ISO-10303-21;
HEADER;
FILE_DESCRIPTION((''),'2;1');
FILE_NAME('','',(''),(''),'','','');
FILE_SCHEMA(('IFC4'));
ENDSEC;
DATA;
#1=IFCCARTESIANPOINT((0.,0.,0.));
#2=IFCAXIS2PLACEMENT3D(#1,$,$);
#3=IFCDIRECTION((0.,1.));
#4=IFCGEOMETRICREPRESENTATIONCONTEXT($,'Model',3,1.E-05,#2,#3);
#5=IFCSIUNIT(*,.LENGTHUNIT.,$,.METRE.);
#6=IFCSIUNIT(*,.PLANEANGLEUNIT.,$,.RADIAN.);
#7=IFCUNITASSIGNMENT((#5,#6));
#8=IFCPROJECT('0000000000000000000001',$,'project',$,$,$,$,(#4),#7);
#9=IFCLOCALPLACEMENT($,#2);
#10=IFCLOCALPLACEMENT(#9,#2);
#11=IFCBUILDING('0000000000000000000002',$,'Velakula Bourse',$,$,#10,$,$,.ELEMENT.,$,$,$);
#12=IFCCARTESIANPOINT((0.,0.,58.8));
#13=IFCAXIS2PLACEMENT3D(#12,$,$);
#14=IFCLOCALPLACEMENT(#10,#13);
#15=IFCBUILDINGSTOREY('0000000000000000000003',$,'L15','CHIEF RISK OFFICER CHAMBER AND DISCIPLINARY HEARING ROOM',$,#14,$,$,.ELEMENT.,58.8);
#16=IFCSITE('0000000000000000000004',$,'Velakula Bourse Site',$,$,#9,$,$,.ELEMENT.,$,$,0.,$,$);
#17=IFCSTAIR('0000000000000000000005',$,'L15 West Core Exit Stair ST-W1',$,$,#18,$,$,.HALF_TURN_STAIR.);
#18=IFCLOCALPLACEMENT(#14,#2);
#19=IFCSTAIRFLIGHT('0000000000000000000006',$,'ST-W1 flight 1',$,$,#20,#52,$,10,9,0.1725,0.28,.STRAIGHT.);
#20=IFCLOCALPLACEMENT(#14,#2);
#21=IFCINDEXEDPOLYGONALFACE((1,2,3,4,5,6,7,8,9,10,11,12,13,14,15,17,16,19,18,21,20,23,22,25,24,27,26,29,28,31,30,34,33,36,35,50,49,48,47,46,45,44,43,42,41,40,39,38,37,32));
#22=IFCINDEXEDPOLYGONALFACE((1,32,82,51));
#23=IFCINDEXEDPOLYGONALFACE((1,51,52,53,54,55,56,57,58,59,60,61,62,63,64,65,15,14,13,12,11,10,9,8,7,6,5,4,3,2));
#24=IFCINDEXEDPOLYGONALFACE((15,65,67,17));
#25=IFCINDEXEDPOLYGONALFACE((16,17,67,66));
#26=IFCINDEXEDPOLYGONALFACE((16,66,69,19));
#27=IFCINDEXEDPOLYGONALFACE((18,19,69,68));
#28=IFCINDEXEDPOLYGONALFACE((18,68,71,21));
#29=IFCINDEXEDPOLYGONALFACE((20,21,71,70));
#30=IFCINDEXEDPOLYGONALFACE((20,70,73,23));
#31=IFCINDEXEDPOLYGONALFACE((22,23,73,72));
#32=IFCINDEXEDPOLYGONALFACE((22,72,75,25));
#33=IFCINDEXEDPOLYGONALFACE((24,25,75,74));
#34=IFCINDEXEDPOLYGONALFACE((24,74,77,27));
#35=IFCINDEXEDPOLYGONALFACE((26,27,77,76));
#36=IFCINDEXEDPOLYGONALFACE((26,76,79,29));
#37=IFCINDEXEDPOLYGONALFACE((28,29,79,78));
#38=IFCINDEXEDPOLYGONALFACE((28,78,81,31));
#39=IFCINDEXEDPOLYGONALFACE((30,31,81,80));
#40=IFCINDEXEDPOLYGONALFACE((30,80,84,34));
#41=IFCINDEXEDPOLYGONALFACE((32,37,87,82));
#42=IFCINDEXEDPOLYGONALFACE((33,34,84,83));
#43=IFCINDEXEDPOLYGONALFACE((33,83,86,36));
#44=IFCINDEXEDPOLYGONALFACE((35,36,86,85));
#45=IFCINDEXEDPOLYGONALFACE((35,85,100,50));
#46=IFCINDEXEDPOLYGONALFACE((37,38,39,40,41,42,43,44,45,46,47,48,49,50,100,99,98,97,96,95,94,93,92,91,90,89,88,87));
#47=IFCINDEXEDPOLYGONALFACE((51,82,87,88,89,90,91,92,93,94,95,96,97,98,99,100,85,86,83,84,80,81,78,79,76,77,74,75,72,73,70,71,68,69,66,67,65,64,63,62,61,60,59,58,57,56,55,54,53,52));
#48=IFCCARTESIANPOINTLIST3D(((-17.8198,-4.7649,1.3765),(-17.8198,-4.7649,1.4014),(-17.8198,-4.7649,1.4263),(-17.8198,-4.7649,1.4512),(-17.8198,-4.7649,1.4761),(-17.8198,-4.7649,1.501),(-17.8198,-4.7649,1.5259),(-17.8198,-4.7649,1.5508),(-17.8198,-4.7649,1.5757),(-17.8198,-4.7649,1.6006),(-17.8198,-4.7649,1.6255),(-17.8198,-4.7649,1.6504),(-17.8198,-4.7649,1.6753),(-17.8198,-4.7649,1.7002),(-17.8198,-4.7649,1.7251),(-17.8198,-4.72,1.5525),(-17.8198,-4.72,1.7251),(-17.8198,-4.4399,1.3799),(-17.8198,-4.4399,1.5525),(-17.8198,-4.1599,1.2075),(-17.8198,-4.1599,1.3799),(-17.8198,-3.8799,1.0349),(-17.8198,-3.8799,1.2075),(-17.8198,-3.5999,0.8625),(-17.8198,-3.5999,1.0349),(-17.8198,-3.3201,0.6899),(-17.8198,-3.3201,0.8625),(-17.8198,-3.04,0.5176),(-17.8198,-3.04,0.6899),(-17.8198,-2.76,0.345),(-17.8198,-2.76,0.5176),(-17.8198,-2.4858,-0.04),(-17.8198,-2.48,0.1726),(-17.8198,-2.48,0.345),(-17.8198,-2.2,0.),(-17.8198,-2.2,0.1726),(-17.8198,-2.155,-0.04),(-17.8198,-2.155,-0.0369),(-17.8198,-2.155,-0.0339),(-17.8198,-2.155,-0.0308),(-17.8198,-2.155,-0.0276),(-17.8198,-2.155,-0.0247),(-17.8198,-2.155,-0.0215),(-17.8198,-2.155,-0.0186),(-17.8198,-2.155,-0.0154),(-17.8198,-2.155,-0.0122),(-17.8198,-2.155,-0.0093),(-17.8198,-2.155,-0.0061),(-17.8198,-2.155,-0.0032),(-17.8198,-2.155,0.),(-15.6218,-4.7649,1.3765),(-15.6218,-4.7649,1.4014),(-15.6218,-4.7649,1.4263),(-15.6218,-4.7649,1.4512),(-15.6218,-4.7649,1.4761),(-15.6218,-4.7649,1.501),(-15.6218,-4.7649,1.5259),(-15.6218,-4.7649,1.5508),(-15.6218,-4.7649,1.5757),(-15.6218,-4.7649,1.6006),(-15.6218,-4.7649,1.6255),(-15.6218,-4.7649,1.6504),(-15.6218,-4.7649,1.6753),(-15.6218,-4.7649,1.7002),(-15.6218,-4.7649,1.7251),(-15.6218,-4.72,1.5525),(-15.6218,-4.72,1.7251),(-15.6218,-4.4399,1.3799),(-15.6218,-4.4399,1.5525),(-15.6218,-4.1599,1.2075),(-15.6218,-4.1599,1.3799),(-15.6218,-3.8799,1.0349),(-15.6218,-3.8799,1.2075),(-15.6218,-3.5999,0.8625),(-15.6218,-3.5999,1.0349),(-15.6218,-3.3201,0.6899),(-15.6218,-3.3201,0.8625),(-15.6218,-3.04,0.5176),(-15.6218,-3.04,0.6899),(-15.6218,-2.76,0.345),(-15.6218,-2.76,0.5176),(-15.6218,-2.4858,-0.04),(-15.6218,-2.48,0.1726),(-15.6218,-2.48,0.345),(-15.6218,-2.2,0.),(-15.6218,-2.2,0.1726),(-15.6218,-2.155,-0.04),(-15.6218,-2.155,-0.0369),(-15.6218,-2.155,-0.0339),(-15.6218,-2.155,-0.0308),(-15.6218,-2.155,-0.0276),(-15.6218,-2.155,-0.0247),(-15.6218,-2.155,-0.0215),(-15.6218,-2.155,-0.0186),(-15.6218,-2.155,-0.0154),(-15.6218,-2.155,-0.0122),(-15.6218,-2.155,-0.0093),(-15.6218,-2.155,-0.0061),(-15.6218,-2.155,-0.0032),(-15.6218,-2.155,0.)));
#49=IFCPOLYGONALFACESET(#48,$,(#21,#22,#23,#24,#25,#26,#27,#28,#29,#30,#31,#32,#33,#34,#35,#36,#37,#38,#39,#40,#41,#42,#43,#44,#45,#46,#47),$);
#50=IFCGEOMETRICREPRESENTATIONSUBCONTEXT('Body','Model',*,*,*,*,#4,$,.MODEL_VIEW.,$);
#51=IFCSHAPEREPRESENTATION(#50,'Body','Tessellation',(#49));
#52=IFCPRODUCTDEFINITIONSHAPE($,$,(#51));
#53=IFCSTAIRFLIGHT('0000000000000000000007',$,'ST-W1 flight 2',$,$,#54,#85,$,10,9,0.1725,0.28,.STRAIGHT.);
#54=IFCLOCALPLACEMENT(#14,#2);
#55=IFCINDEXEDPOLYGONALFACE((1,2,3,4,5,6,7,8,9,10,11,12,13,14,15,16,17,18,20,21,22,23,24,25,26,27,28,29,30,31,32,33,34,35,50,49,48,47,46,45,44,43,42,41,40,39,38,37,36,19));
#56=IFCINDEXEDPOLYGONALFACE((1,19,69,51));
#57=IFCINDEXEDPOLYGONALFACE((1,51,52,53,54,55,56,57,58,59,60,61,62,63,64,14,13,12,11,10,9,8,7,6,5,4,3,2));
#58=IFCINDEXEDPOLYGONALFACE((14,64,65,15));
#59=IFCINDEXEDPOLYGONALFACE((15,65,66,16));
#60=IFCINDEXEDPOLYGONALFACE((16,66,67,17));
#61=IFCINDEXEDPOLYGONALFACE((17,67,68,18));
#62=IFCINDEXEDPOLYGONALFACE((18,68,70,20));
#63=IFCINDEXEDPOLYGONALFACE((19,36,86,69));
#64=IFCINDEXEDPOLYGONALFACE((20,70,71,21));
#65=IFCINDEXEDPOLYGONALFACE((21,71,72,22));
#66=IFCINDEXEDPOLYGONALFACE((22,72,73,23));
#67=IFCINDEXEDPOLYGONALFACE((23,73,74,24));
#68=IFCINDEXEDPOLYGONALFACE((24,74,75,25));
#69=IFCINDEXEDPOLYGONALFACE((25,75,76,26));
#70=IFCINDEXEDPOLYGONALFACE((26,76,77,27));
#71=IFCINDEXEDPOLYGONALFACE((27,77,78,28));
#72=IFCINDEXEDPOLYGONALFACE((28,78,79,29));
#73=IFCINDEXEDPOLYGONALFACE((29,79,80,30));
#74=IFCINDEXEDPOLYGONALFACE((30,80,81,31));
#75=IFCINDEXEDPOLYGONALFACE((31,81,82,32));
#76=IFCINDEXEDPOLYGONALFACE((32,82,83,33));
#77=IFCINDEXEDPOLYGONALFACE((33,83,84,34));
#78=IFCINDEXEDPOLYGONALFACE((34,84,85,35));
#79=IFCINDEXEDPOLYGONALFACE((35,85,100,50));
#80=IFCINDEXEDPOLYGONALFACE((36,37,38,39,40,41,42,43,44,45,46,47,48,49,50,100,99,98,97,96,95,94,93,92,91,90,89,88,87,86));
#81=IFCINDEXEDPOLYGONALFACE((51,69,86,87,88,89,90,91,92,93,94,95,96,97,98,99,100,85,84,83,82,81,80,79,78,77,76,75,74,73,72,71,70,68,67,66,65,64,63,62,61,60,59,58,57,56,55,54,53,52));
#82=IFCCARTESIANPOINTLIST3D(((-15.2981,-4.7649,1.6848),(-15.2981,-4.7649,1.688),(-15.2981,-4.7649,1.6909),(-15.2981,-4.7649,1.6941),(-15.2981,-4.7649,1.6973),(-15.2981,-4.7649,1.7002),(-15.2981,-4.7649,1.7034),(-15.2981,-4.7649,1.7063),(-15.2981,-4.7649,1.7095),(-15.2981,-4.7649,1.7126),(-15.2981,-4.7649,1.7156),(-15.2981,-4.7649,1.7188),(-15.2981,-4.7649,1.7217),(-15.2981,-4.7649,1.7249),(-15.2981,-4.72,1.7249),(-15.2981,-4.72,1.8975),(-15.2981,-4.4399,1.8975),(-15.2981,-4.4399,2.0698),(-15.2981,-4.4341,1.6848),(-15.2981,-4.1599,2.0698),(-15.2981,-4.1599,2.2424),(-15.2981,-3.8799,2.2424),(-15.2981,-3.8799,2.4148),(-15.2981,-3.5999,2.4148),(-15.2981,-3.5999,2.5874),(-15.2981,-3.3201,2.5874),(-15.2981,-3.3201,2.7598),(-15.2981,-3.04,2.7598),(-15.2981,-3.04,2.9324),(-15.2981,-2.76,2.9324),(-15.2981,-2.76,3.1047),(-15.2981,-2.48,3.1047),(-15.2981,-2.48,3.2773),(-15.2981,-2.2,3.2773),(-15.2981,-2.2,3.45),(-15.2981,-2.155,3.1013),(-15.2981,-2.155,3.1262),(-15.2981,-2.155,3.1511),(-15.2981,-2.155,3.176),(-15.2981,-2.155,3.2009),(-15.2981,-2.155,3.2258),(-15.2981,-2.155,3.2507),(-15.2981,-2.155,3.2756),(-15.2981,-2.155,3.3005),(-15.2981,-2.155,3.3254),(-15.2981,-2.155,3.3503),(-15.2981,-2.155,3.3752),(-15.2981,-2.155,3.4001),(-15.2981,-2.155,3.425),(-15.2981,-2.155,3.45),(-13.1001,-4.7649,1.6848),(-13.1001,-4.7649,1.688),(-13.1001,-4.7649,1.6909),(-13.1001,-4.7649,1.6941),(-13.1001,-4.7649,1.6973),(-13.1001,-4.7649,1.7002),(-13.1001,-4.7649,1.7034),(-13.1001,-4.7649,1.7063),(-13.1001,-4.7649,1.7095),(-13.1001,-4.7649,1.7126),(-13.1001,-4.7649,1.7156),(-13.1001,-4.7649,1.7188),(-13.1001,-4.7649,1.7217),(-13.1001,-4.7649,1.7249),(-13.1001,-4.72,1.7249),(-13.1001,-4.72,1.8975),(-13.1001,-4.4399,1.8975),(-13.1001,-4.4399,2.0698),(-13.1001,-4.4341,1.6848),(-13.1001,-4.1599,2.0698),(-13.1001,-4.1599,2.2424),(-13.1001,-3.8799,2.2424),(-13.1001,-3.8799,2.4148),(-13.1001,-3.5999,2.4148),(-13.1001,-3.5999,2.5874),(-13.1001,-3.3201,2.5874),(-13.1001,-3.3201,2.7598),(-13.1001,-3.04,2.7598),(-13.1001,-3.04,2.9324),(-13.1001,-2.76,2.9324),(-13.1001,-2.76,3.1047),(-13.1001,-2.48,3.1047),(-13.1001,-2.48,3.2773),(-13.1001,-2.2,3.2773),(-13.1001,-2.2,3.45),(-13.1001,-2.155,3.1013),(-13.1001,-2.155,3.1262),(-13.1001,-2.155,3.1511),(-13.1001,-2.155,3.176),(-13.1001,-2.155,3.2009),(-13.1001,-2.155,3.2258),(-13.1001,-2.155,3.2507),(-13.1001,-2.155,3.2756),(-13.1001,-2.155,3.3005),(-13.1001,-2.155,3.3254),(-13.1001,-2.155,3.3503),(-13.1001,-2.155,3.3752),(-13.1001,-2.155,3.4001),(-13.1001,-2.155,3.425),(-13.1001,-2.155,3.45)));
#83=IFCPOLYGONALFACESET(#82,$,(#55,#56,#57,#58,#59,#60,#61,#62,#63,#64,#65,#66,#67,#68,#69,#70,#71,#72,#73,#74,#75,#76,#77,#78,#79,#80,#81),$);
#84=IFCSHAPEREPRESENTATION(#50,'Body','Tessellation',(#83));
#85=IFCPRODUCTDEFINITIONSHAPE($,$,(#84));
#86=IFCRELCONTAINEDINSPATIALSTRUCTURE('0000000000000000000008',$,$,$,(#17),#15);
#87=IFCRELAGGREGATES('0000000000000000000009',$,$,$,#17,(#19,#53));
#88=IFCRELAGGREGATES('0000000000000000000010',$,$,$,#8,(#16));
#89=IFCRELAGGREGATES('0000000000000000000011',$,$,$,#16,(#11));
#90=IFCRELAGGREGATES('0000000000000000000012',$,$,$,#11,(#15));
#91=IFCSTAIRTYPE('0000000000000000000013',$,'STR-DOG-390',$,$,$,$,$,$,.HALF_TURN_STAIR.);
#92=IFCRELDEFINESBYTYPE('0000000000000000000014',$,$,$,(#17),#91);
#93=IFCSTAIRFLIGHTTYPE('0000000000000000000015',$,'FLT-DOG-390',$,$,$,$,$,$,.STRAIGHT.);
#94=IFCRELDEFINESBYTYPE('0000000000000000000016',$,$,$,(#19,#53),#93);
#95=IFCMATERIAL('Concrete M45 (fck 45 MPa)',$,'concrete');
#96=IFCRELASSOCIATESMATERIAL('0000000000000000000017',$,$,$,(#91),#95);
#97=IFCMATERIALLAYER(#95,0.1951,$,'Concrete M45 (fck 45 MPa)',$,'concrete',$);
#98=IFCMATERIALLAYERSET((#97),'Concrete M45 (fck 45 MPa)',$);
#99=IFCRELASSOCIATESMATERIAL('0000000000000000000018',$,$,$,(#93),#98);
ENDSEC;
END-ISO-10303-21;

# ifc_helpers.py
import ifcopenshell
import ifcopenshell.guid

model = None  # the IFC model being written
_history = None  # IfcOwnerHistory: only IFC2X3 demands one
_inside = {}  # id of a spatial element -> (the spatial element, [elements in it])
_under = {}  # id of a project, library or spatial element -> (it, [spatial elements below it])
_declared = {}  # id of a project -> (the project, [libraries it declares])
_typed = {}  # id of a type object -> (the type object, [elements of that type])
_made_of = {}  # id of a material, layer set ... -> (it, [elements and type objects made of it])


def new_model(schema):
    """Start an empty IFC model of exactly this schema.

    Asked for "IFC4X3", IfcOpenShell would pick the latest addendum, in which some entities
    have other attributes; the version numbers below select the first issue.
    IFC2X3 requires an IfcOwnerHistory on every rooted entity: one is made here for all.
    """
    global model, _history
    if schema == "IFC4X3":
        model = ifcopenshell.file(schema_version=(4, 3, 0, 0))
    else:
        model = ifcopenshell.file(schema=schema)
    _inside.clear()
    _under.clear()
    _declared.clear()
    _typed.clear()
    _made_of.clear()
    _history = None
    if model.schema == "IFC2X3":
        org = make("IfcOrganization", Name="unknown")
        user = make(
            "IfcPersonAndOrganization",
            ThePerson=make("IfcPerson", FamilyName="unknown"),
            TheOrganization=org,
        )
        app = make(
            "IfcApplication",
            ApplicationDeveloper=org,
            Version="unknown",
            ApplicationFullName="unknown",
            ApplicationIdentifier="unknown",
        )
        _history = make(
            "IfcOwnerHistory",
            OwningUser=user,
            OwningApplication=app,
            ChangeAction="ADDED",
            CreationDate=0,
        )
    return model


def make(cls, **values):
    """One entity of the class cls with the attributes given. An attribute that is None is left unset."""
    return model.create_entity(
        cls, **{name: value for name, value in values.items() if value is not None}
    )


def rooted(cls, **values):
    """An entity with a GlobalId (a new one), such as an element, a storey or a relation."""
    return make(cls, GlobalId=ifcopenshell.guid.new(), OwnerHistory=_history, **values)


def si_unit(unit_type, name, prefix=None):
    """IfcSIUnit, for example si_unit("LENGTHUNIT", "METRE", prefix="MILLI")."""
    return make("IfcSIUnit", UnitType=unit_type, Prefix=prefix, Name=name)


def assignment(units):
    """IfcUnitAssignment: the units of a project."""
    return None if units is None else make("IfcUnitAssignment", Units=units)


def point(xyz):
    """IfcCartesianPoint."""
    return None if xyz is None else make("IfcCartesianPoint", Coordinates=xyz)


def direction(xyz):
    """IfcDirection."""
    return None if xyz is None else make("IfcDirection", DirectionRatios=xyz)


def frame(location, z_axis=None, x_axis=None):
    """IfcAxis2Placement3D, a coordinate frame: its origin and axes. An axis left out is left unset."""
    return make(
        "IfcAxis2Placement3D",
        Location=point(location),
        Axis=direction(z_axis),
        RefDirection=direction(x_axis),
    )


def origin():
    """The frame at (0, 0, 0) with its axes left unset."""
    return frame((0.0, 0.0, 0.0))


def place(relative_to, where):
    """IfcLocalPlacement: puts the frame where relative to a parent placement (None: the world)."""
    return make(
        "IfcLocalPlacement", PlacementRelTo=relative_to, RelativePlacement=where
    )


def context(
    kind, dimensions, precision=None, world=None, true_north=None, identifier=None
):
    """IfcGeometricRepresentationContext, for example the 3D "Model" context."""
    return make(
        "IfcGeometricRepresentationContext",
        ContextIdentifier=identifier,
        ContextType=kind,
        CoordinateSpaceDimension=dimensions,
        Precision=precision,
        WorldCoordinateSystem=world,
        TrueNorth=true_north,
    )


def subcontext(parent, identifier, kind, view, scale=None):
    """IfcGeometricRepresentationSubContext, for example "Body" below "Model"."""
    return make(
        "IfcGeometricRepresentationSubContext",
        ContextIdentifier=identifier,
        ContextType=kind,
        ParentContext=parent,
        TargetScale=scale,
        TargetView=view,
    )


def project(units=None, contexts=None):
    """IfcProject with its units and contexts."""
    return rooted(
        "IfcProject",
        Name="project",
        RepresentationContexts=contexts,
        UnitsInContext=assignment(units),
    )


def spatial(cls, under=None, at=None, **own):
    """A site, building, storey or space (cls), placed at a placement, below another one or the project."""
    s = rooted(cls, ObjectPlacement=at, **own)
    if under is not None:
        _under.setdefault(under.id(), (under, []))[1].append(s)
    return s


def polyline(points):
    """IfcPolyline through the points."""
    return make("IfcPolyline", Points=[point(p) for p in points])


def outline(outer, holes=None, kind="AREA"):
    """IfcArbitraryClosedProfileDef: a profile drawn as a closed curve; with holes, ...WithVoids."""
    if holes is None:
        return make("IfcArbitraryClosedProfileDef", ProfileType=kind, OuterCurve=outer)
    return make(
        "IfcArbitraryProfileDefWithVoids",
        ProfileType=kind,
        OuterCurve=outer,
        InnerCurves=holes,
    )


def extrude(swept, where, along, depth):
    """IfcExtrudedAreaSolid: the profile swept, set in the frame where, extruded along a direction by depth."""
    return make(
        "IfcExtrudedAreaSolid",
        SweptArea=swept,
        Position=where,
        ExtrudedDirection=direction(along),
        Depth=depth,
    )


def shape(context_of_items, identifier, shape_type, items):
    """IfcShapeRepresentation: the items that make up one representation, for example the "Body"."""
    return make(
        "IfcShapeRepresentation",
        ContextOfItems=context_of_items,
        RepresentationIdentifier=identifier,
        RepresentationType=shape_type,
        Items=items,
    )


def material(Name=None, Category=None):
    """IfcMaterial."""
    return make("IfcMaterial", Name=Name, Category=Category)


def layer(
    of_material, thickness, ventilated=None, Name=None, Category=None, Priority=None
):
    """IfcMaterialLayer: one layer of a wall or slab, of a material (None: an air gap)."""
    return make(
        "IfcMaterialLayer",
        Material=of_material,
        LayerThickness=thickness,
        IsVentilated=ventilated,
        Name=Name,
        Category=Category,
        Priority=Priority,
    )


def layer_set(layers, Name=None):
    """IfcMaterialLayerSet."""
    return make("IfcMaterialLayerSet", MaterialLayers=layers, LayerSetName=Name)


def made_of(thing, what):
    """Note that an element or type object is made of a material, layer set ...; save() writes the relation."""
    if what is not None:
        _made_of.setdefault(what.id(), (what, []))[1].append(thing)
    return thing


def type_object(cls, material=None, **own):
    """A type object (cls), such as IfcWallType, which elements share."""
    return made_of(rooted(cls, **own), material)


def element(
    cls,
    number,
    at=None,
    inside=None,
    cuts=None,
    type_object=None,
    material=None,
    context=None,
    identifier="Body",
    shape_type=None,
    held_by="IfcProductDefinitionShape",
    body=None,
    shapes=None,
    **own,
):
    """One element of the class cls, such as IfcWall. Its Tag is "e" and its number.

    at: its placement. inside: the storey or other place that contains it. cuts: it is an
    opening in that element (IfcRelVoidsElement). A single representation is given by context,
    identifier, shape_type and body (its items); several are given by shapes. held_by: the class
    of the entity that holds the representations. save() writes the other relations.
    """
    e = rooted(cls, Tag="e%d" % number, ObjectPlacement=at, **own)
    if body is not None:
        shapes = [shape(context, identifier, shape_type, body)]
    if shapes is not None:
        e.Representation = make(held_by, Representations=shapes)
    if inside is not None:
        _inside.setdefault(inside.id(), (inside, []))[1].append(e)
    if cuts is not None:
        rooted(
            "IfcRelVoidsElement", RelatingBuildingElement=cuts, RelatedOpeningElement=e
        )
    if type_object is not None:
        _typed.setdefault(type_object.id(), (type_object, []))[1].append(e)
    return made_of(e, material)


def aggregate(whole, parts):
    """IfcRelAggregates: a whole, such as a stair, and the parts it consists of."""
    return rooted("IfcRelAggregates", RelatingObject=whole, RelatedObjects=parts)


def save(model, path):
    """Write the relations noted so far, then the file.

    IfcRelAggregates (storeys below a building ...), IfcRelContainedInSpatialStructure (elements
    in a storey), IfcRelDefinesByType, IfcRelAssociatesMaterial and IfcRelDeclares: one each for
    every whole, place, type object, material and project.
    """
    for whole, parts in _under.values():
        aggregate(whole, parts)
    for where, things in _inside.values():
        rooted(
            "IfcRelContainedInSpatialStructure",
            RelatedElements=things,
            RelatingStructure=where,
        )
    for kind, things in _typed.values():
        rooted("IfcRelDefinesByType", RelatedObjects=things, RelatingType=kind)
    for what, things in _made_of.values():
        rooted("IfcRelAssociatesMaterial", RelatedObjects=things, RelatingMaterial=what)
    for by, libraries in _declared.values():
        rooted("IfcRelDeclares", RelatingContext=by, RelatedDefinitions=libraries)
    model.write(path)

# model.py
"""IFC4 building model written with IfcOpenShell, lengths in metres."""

from ifc_helpers import new_model, si_unit, direction, frame, origin, place, context, subcontext, project, spatial, polyline, outline, extrude, material, layer, layer_set, type_object, element, aggregate, save


model = new_model("IFC4")

# Units and contexts
model_context = context("Model", 3, precision=1e-05, world=origin(), true_north=direction((0.0, 1.0)))
body_context = subcontext(model_context, "Body", "Model", "MODEL_VIEW")
ifc_project = project(units=[si_unit("LENGTHUNIT", "METRE"), si_unit("PLANEANGLEUNIT", "RADIAN")], contexts=[model_context])

# Site, building, storey
site_placement = place(None, origin())
site = spatial("IfcSite", under=ifc_project, at=site_placement, Name="Velakula Bourse Site", CompositionType="ELEMENT", RefElevation=0.0)
building_placement = place(site_placement, origin())
building = spatial("IfcBuilding", under=site, at=building_placement, Name="Velakula Bourse", CompositionType="ELEMENT")
storey_placement = place(building_placement, frame((0.0, 0.0, 58.8)))
storey = spatial("IfcBuildingStorey", under=building, at=storey_placement, Name="L15", Description="CHIEF RISK OFFICER CHAMBER AND DISCIPLINARY HEARING ROOM", CompositionType="ELEMENT", Elevation=58.8)

# Stair, stair flights
ifc_material_1 = material(Name="Concrete M45 (fck 45 MPa)", Category="concrete")
stair_type = type_object("IfcStairType", Name="STR-DOG-390", PredefinedType="HALF_TURN_STAIR", material=ifc_material_1)
stair_placement = place(storey_placement, origin())
stair = element("IfcStair", 1, at=stair_placement, inside=storey, type_object=stair_type, Name="L15 West Core Exit Stair ST-W1", PredefinedType="HALF_TURN_STAIR")
ifc_layer_1 = layer(ifc_material_1, 0.1951, Name="Concrete M45 (fck 45 MPa)", Category="concrete")
ifc_layer_set_1 = layer_set([ifc_layer_1], Name="Concrete M45 (fck 45 MPa)")
stair_flight_type = type_object("IfcStairFlightType", Name="FLT-DOG-390", PredefinedType="STRAIGHT", material=ifc_layer_set_1)
stair_flight_1_placement = place(storey_placement, frame((-16.7209, -2.2, 0.0), z_axis=(0.0, 0.0, 1.0), x_axis=(0.0, -1.0, 0.0)))
stair_flight_1 = element("IfcStairFlight", 2, at=stair_flight_1_placement, type_object=stair_flight_type, Name="ST-W1 flight 1", NumberOfRisers=10, NumberOfTreads=9, PredefinedType="STRAIGHT", RiserHeight=0.1725, TreadLength=0.28, context=body_context, shape_type="SweptSolid", body=[
    extrude(outline(polyline([(-0.0449, -0.04), (-0.0449, -0.0369), (-0.0449, -0.0339), (-0.0449, -0.0308), (-0.0449, -0.0276), (-0.0449, -0.0247), (-0.0449, -0.0215), (-0.0449, -0.0186), (-0.0449, -0.0154), (-0.0449, -0.0122), (-0.0449, -0.0093), (-0.0449, -0.0061), (-0.0449, -0.0032), (-0.0449, 0.0), (0.0, 0.0), (0.0, 0.1726), (0.28, 0.1726), (0.28, 0.345), (0.5601, 0.345), (0.5601, 0.5176), (0.8401, 0.5176), (0.8401, 0.6899), (1.1201, 0.6899), (1.1201, 0.8625), (1.3999, 0.8625), (1.3999, 1.0349), (1.6799, 1.0349), (1.6799, 1.2075), (1.96, 1.2075), (1.96, 1.3799), (2.24, 1.3799), (2.24, 1.5525), (2.52, 1.5525), (2.52, 1.7251), (2.5649, 1.7251), (2.5649, 1.7002), (2.5649, 1.6753), (2.5649, 1.6504), (2.5649, 1.6255), (2.5649, 1.6006), (2.5649, 1.5757), (2.5649, 1.5508), (2.5649, 1.5259), (2.5649, 1.501), (2.5649, 1.4761), (2.5649, 1.4512), (2.5649, 1.4263), (2.5649, 1.4014), (2.5649, 1.3765), (0.2859, -0.04), (-0.0449, -0.04)])), frame((0.0, 1.0991, 0.0), z_axis=(0.0, -1.0, 0.0), x_axis=(1.0, 0.0, 0.0)), (0.0, 0.0, 1.0), 2.198),
])
stair_flight_2_placement = place(storey_placement, frame((-14.199, -4.72, 1.7249), z_axis=(0.0, 0.0, 1.0), x_axis=(0.0, 1.0, 0.0)))
stair_flight_2 = element("IfcStairFlight", 3, at=stair_flight_2_placement, type_object=stair_flight_type, Name="ST-W1 flight 2", NumberOfRisers=10, NumberOfTreads=9, PredefinedType="STRAIGHT", RiserHeight=0.1725, TreadLength=0.28, context=body_context, shape_type="SweptSolid", body=[
    extrude(outline(polyline([(-0.0449, -0.04), (-0.0449, -0.0369), (-0.0449, -0.0339), (-0.0449, -0.0308), (-0.0449, -0.0276), (-0.0449, -0.0247), (-0.0449, -0.0215), (-0.0449, -0.0186), (-0.0449, -0.0154), (-0.0449, -0.0122), (-0.0449, -0.0093), (-0.0449, -0.0061), (-0.0449, -0.0032), (-0.0449, 0.0), (0.0, 0.0), (0.0, 0.1726), (0.28, 0.1726), (0.28, 0.345), (0.5601, 0.345), (0.5601, 0.5176), (0.8401, 0.5176), (0.8401, 0.6899), (1.1201, 0.6899), (1.1201, 0.8625), (1.3999, 0.8625), (1.3999, 1.0349), (1.6799, 1.0349), (1.6799, 1.2075), (1.96, 1.2075), (1.96, 1.3799), (2.24, 1.3799), (2.24, 1.5525), (2.52, 1.5525), (2.52, 1.7251), (2.5649, 1.7251), (2.5649, 1.7002), (2.5649, 1.6753), (2.5649, 1.6504), (2.5649, 1.6255), (2.5649, 1.6006), (2.5649, 1.5757), (2.5649, 1.5508), (2.5649, 1.5259), (2.5649, 1.501), (2.5649, 1.4761), (2.5649, 1.4512), (2.5649, 1.4263), (2.5649, 1.4014), (2.5649, 1.3765), (0.2859, -0.04), (-0.0449, -0.04)])), frame((0.0, 1.0991, 0.0), z_axis=(0.0, -1.0, 0.0), x_axis=(1.0, 0.0, 0.0)), (0.0, 0.0, 1.0), 2.198),
])
aggregate(stair, [stair_flight_1, stair_flight_2])

save(model, "model.ifc")
